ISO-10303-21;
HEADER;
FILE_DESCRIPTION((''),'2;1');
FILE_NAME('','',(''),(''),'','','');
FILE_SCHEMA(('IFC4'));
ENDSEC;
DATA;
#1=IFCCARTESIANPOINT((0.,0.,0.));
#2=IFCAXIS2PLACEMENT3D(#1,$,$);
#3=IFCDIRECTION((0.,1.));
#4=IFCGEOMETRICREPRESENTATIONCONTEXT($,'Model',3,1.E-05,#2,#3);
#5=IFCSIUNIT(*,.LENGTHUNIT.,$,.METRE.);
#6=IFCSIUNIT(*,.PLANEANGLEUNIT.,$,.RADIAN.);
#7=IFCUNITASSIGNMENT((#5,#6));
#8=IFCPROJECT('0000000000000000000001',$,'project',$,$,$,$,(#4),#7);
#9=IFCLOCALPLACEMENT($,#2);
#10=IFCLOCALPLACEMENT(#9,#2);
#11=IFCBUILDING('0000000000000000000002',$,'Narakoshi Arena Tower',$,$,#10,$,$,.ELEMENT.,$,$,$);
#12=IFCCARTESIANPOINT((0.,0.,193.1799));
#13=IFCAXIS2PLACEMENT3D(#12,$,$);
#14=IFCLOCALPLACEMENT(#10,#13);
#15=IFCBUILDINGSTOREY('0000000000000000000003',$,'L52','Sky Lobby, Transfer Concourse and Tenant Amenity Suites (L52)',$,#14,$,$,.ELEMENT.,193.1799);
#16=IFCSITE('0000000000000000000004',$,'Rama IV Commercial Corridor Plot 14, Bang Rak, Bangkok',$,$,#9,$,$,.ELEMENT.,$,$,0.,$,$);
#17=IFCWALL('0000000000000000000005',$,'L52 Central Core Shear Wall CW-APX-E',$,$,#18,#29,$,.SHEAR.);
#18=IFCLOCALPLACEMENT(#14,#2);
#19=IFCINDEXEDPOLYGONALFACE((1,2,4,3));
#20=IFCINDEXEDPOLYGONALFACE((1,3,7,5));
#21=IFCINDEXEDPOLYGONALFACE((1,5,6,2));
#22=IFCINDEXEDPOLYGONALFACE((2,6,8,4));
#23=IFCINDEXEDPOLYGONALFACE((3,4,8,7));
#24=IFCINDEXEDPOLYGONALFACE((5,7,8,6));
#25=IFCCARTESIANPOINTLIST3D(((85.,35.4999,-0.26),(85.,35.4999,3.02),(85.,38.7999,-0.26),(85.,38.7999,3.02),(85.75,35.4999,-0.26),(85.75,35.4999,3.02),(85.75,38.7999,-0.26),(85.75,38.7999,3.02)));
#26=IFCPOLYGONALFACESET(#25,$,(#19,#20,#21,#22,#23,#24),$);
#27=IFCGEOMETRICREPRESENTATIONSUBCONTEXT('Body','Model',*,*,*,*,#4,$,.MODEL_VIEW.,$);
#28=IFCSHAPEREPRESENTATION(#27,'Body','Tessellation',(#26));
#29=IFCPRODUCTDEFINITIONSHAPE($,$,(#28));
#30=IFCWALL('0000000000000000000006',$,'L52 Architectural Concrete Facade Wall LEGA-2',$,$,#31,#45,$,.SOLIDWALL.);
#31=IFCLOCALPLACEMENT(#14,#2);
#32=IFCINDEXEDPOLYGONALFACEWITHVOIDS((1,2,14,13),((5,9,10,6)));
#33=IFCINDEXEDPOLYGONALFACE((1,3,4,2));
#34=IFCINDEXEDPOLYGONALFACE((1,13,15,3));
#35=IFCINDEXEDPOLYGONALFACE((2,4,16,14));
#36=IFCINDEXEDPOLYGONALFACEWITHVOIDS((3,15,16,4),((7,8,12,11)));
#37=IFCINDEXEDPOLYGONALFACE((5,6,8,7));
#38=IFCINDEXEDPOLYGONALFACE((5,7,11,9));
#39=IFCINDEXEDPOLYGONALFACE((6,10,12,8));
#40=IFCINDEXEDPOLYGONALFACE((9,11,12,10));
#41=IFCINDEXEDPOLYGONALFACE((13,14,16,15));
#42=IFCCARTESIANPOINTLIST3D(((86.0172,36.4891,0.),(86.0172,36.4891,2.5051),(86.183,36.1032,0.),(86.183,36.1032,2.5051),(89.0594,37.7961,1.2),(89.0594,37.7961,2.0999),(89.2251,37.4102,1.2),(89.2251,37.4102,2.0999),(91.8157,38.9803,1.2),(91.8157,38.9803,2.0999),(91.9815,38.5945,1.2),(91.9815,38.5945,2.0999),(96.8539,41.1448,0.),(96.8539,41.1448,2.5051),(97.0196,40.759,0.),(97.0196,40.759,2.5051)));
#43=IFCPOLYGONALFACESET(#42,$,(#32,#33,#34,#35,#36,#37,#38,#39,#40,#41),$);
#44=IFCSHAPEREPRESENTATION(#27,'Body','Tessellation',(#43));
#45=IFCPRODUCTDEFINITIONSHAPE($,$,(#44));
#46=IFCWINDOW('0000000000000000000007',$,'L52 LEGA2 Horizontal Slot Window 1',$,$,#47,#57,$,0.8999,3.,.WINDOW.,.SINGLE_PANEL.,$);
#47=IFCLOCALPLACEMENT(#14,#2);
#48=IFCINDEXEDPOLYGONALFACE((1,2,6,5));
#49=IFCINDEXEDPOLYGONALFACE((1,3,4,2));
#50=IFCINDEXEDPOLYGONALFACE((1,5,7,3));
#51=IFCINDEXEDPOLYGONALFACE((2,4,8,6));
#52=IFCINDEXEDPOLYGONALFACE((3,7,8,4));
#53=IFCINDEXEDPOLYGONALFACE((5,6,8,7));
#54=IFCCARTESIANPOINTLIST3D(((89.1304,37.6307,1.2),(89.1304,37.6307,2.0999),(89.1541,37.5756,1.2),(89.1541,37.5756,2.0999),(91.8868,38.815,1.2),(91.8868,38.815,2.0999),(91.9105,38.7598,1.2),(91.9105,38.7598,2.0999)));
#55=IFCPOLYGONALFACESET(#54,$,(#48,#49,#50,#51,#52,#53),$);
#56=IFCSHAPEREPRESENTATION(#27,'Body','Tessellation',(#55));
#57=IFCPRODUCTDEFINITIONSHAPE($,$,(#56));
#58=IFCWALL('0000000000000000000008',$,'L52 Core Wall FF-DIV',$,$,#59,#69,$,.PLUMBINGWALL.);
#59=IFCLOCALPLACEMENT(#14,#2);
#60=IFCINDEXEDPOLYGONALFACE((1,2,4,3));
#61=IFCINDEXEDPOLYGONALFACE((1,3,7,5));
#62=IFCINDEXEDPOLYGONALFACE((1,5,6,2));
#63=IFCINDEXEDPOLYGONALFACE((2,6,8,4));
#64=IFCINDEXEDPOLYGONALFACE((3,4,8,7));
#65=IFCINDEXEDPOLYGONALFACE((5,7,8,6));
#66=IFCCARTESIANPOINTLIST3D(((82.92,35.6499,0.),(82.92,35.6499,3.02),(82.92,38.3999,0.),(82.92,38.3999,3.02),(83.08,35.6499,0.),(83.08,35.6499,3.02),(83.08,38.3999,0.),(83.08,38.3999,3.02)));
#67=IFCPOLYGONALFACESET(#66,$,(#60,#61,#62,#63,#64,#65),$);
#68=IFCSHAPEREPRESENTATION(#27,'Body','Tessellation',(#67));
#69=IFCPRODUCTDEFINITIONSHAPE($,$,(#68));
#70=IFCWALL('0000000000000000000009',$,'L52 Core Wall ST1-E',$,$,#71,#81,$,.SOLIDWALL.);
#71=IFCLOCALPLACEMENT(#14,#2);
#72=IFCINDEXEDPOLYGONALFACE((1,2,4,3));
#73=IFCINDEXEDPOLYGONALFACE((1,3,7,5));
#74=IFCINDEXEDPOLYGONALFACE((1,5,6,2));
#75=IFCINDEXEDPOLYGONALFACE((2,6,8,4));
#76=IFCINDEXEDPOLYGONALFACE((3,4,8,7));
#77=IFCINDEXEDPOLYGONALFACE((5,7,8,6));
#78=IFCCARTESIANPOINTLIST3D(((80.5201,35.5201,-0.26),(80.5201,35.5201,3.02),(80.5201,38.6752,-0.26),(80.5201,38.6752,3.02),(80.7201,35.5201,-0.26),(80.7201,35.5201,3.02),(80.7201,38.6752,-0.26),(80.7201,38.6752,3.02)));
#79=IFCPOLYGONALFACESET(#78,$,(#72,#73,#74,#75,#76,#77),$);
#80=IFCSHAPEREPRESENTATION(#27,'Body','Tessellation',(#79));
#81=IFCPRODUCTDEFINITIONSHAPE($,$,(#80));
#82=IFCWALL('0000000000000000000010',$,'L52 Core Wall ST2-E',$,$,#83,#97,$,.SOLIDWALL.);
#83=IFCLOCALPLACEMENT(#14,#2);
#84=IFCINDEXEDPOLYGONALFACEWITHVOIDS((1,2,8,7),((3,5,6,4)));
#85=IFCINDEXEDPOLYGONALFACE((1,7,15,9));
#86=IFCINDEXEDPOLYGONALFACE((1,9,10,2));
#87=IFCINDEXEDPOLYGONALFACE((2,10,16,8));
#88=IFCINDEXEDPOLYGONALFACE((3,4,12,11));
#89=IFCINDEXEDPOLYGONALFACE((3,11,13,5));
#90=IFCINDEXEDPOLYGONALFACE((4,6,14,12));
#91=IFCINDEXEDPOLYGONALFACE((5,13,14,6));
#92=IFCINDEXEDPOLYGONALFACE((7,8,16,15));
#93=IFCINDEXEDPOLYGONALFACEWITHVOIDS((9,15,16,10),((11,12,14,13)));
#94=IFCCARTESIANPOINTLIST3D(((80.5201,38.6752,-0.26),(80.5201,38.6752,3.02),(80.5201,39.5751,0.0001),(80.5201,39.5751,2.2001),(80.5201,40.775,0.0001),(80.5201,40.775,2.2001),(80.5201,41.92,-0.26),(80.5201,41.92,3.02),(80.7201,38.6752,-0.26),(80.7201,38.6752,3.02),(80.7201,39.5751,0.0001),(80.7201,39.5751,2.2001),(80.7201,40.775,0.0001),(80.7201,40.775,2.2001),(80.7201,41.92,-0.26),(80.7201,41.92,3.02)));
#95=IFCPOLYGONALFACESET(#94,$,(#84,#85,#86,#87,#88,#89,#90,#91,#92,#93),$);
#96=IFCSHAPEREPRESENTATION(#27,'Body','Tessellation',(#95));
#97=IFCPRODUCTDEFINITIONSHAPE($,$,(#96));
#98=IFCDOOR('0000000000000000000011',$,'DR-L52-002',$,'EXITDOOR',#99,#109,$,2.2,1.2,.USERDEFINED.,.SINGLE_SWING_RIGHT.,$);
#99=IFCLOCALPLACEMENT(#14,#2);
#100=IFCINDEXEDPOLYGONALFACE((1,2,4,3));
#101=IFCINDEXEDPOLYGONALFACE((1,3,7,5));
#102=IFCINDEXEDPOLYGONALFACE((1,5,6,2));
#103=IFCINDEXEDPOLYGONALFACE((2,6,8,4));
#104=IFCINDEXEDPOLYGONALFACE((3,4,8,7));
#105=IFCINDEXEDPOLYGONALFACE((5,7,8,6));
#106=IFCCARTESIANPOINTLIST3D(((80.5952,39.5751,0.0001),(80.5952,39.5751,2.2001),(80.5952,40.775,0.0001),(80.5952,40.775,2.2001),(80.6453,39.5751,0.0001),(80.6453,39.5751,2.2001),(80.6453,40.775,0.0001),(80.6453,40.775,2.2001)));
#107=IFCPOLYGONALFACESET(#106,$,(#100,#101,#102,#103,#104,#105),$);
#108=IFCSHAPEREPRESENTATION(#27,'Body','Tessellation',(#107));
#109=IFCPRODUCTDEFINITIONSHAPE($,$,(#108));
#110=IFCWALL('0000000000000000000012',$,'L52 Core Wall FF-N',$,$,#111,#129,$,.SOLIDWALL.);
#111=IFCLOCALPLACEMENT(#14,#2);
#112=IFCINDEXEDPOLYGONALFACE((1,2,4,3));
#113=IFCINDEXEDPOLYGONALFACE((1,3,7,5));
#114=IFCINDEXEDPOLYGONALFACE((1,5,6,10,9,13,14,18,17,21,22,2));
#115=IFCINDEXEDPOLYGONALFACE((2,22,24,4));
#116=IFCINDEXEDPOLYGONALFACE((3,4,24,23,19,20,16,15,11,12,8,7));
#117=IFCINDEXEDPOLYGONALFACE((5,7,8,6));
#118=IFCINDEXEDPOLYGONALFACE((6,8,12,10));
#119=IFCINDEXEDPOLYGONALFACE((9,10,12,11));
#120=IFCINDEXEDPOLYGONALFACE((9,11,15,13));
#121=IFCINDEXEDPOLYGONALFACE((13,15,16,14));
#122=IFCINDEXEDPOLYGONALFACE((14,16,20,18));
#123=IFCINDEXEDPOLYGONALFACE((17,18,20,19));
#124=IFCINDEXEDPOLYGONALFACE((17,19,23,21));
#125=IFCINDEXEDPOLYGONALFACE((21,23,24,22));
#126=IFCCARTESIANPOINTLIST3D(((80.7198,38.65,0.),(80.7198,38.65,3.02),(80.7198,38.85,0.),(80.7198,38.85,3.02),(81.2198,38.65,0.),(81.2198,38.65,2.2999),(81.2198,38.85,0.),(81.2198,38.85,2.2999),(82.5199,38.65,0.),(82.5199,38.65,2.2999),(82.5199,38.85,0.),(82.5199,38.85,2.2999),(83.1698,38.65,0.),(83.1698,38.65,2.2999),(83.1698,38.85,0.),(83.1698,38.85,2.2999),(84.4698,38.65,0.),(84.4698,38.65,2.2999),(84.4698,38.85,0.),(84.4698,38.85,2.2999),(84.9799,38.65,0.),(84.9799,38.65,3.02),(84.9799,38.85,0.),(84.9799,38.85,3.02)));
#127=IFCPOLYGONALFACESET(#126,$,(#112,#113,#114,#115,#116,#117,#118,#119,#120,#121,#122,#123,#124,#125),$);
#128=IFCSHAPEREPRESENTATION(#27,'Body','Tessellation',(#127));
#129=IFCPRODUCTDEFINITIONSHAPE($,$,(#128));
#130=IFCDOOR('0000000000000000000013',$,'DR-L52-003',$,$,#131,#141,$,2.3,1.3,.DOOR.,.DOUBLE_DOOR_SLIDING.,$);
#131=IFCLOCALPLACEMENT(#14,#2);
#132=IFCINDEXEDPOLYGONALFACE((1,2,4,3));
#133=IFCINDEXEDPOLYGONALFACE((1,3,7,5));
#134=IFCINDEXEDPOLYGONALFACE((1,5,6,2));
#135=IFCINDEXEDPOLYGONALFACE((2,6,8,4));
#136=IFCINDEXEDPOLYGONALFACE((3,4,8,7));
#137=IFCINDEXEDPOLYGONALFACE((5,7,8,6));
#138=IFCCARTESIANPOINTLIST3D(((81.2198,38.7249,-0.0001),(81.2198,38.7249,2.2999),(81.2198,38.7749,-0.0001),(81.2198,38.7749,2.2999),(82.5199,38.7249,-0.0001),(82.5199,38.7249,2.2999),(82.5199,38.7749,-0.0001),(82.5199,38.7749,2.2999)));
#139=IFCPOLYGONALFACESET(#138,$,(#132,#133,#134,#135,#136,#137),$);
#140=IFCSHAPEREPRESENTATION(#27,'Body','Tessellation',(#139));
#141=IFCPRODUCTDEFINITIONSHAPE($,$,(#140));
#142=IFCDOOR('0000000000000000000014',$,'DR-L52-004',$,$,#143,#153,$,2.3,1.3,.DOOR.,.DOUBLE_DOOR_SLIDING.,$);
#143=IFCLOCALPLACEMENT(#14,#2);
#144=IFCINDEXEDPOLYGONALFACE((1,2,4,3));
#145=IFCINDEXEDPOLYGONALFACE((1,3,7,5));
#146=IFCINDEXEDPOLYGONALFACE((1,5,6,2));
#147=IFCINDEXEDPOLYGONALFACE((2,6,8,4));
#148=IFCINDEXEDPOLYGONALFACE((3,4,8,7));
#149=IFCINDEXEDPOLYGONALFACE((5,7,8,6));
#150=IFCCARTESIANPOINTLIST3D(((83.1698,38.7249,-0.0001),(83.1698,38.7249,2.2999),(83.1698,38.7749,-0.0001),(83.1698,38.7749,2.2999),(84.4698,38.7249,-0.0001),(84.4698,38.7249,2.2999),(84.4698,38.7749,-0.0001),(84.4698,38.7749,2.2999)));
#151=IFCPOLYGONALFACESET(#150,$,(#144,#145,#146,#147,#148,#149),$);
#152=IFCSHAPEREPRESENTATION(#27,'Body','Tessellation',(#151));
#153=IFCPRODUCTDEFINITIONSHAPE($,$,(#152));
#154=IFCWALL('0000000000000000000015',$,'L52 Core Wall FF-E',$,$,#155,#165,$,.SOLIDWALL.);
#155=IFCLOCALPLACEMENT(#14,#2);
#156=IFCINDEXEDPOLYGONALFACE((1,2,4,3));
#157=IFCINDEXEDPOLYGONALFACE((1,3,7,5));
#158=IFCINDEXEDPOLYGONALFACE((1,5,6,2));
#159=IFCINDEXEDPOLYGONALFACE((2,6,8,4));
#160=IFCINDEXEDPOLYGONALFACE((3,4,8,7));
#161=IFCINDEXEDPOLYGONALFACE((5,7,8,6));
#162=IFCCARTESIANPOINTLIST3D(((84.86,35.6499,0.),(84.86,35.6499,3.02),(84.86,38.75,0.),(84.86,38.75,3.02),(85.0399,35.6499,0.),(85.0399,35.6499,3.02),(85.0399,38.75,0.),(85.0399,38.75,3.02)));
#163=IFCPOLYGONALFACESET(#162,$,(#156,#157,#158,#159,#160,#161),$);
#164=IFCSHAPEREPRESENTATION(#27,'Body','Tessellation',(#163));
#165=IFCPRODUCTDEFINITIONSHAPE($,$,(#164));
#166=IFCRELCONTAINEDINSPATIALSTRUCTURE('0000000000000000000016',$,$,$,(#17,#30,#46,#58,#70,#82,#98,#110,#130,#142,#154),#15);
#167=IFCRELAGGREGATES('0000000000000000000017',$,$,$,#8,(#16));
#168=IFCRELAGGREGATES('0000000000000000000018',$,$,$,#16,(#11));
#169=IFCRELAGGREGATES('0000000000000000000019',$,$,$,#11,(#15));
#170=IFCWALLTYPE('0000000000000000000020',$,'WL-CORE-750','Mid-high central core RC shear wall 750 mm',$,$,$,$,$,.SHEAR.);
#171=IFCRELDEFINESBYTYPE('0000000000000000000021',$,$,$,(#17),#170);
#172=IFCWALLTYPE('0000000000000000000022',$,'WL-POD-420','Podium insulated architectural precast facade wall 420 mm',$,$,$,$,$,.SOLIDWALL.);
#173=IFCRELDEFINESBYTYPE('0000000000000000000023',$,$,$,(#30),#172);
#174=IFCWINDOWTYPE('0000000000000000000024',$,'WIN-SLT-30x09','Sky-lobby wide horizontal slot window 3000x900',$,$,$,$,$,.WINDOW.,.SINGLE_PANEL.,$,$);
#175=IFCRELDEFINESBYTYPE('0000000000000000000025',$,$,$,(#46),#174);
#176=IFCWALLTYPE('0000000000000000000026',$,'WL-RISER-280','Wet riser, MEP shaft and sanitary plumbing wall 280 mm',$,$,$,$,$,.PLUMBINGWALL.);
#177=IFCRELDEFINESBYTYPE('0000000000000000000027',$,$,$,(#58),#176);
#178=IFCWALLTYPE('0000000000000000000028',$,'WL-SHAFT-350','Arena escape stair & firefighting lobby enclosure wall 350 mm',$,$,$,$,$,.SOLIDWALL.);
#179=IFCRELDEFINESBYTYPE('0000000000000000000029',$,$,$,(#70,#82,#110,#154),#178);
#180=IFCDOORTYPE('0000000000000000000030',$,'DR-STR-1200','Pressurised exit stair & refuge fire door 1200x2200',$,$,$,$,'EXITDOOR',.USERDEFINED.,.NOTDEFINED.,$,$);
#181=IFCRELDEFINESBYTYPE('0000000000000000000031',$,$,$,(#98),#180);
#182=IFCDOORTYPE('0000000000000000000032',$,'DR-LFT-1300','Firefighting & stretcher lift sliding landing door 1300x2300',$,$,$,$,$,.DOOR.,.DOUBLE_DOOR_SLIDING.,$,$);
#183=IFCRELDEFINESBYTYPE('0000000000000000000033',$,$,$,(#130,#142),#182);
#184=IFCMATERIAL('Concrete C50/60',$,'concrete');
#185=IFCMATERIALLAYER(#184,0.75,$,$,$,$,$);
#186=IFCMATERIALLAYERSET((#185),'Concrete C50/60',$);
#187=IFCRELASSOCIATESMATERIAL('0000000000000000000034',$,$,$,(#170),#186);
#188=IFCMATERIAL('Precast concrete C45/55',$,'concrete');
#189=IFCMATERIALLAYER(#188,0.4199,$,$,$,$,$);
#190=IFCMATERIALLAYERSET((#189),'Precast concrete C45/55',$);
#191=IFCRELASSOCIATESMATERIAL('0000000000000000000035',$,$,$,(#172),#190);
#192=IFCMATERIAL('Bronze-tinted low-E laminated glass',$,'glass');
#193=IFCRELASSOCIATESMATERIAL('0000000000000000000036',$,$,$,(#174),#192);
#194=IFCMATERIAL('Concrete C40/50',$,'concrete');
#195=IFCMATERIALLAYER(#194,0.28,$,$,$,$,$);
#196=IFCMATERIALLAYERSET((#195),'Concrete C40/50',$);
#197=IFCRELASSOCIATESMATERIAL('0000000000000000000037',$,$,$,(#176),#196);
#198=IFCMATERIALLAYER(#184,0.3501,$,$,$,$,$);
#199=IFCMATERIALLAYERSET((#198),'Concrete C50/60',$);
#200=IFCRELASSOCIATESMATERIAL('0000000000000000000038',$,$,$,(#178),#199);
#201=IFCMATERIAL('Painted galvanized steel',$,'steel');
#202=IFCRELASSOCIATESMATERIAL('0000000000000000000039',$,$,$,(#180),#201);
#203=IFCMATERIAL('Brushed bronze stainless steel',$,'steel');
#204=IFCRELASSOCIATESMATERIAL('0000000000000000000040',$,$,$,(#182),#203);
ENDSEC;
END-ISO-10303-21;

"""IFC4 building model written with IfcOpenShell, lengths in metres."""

from ifc_helpers import new_model, si_unit, direction, frame, frame_2d, origin, place, context, subcontext, project, spatial, rectangle, extrude, material, layer, layer_set, type_object, element, fill, save


model = new_model("IFC4")

# Units and contexts
model_context = context("Model", 3, precision=1e-05, world=origin(), true_north=direction((0.0, 1.0)))
body_context = subcontext(model_context, "Body", "Model", "MODEL_VIEW")
ifc_project = project(units=[si_unit("LENGTHUNIT", "METRE"), si_unit("PLANEANGLEUNIT", "RADIAN")], contexts=[model_context])

# Site, building, storey
site_placement = place(None, origin())
site = spatial("IfcSite", under=ifc_project, at=site_placement, Name="Rama IV Commercial Corridor Plot 14, Bang Rak, Bangkok", CompositionType="ELEMENT", RefElevation=0.0)
building_placement = place(site_placement, origin())
building = spatial("IfcBuilding", under=site, at=building_placement, Name="Narakoshi Arena Tower", CompositionType="ELEMENT")
storey_placement = place(building_placement, frame((0.0, 0.0, 193.1799)))
storey = spatial("IfcBuildingStorey", under=building, at=storey_placement, Name="L52", Description="Sky Lobby, Transfer Concourse and Tenant Amenity Suites (L52)", CompositionType="ELEMENT", Elevation=193.1799)

# Wall
ifc_material_1 = material(Name="Concrete C50/60", Category="concrete")
ifc_layer_1 = layer(ifc_material_1, 0.75)
ifc_layer_set_1 = layer_set([ifc_layer_1], Name="Concrete C50/60")
wall_type_1 = type_object("IfcWallType", Name="WL-CORE-750", Description="Mid-high central core RC shear wall 750 mm", PredefinedType="SHEAR", material=ifc_layer_set_1)
wall_1_placement = place(storey_placement, frame((85.375, 35.5, -0.26), z_axis=(0.0, 0.0, 1.0), x_axis=(0.0, 1.0, 0.0)))
element("IfcWall", 1, at=wall_1_placement, inside=storey, type_object=wall_type_1, Name="L52 Central Core Shear Wall CW-APX-E", PredefinedType="SHEAR", context=body_context, shape_type="SweptSolid", body=[
    extrude(rectangle(XDim=3.3, YDim=0.75, at=frame_2d((1.6499, 0.0))), origin(), (0.0, 0.0, 1.0), 3.28),
])

# Wall, opening, window
ifc_material_2 = material(Name="Precast concrete C45/55", Category="concrete")
ifc_layer_2 = layer(ifc_material_2, 0.4199)
ifc_layer_set_2 = layer_set([ifc_layer_2], Name="Precast concrete C45/55")
wall_type_2 = type_object("IfcWallType", Name="WL-POD-420", Description="Podium insulated architectural precast facade wall 420 mm", PredefinedType="SOLIDWALL", material=ifc_layer_set_2)
wall_2_placement = place(storey_placement, frame((86.1001, 36.2961, 0.0), z_axis=(0.0, 0.0, 1.0), x_axis=(0.918792, 0.394741, 0.0)))
wall_2 = element("IfcWall", 2, at=wall_2_placement, inside=storey, type_object=wall_type_2, Name="L52 Architectural Concrete Facade Wall LEGA-2", PredefinedType="SOLIDWALL", context=body_context, shape_type="SweptSolid", body=[
    extrude(rectangle(XDim=11.7944, YDim=0.4199, at=frame_2d((5.8972, 0.0))), origin(), (0.0, 0.0, 1.0), 2.5051),
])
opening_1_placement = place(wall_2_placement, frame((3.311, 0.0, 1.2)))
opening_1 = element("IfcOpeningElement", 3, at=opening_1_placement, cuts=wall_2, PredefinedType="OPENING", context=body_context, shape_type="SweptSolid", body=[
    extrude(rectangle(XDim=3.0, YDim=0.8999, at=frame_2d((1.5, 0.45))), frame((0.0, 0.22, 0.0), z_axis=(0.0, -1.0, 0.0), x_axis=(1.0, 0.0, 0.0)), (0.0, 0.0, 1.0), 0.4399),
])
ifc_material_3 = material(Name="Bronze-tinted low-E laminated glass", Category="glass")
window_type = type_object("IfcWindowType", Name="WIN-SLT-30x09", Description="Sky-lobby wide horizontal slot window 3000x900", PartitioningType="SINGLE_PANEL", PredefinedType="WINDOW", material=ifc_material_3)
window_placement = place(opening_1_placement, origin())
window = element("IfcWindow", 4, at=window_placement, inside=storey, type_object=window_type, Name="L52 LEGA2 Horizontal Slot Window 1", OverallHeight=0.8999, OverallWidth=3.0, PartitioningType="SINGLE_PANEL", PredefinedType="WINDOW", context=body_context, shape_type="SweptSolid", body=[
    extrude(rectangle(XDim=3.0, YDim=0.8999, at=frame_2d((1.5, 0.45))), frame((0.0, 0.03, 0.0), z_axis=(0.0, -1.0, 0.0), x_axis=(1.0, 0.0, 0.0)), (0.0, 0.0, 1.0), 0.0601),
])
fill(opening_1, window)

# Walls
ifc_material_4 = material(Name="Concrete C40/50", Category="concrete")
ifc_layer_3 = layer(ifc_material_4, 0.28)
ifc_layer_set_3 = layer_set([ifc_layer_3], Name="Concrete C40/50")
wall_type_3 = type_object("IfcWallType", Name="WL-RISER-280", Description="Wet riser, MEP shaft and sanitary plumbing wall 280 mm", PredefinedType="PLUMBINGWALL", material=ifc_layer_set_3)
wall_3_placement = place(storey_placement, frame((83.0, 35.6499, 0.0), z_axis=(0.0, 0.0, 1.0), x_axis=(0.0, 1.0, 0.0)))
element("IfcWall", 5, at=wall_3_placement, inside=storey, type_object=wall_type_3, Name="L52 Core Wall FF-DIV", PredefinedType="PLUMBINGWALL", context=body_context, shape_type="SweptSolid", body=[
    extrude(rectangle(XDim=2.75, YDim=0.1599, at=frame_2d((1.375, 0.0))), origin(), (0.0, 0.0, 1.0), 3.02),
])
ifc_layer_4 = layer(ifc_material_1, 0.3501)
ifc_layer_set_4 = layer_set([ifc_layer_4], Name="Concrete C50/60")
wall_type_4 = type_object("IfcWallType", Name="WL-SHAFT-350", Description="Arena escape stair & firefighting lobby enclosure wall 350 mm", PredefinedType="SOLIDWALL", material=ifc_layer_set_4)
wall_4_placement = place(storey_placement, frame((80.6201, 35.52, -0.26), z_axis=(0.0, 0.0, 1.0), x_axis=(0.0, 1.0, 0.0)))
element("IfcWall", 6, at=wall_4_placement, inside=storey, type_object=wall_type_4, Name="L52 Core Wall ST1-E", PredefinedType="SOLIDWALL", context=body_context, shape_type="SweptSolid", body=[
    extrude(rectangle(XDim=3.155, YDim=0.2, at=frame_2d((1.5776, 0.0))), origin(), (0.0, 0.0, 1.0), 3.28),
])

# Wall, opening, door
wall_5_placement = place(storey_placement, frame((80.6201, 38.675, -0.26), z_axis=(0.0, 0.0, 1.0), x_axis=(0.0, 1.0, 0.0)))
wall_5 = element("IfcWall", 7, at=wall_5_placement, inside=storey, type_object=wall_type_4, Name="L52 Core Wall ST2-E", PredefinedType="SOLIDWALL", context=body_context, shape_type="SweptSolid", body=[
    extrude(rectangle(XDim=3.2449, YDim=0.2, at=frame_2d((1.6226, 0.0))), origin(), (0.0, 0.0, 1.0), 3.28),
])
opening_2_placement = place(wall_5_placement, frame((0.8999, 0.0, 0.26)))
opening_2 = element("IfcOpeningElement", 8, at=opening_2_placement, cuts=wall_5, PredefinedType="OPENING", context=body_context, shape_type="SweptSolid", body=[
    extrude(rectangle(XDim=1.2, YDim=2.2, at=frame_2d((0.6001, 1.1001))), frame((0.0, 0.1099, 0.0), z_axis=(0.0, -1.0, 0.0), x_axis=(1.0, 0.0, 0.0)), (0.0, 0.0, 1.0), 0.22),
])
ifc_material_5 = material(Name="Painted galvanized steel", Category="steel")
door_type_1 = type_object("IfcDoorType", Name="DR-STR-1200", Description="Pressurised exit stair & refuge fire door 1200x2200", ElementType="EXITDOOR", OperationType="NOTDEFINED", PredefinedType="USERDEFINED", material=ifc_material_5)
door_1_placement = place(opening_2_placement, origin())
door_1 = element("IfcDoor", 9, at=door_1_placement, inside=storey, type_object=door_type_1, Name="DR-L52-002", ObjectType="EXITDOOR", OperationType="SINGLE_SWING_RIGHT", OverallHeight=2.2, OverallWidth=1.2, PredefinedType="USERDEFINED", context=body_context, shape_type="SweptSolid", body=[
    extrude(rectangle(XDim=1.2, YDim=2.2, at=frame_2d((0.6001, 1.1001))), frame((0.0, 0.0249, 0.0), z_axis=(0.0, -1.0, 0.0), x_axis=(1.0, 0.0, 0.0)), (0.0, 0.0, 1.0), 0.05),
])
fill(opening_2, door_1)

# Wall, openings, doors
wall_6_placement = place(storey_placement, frame((80.72, 38.75, 0.0), z_axis=(0.0, 0.0, 1.0), x_axis=(1.0, 0.0, 0.0)))
wall_6 = element("IfcWall", 10, at=wall_6_placement, inside=storey, type_object=wall_type_4, Name="L52 Core Wall FF-N", PredefinedType="SOLIDWALL", context=body_context, shape_type="SweptSolid", body=[
    extrude(rectangle(XDim=4.26, YDim=0.2, at=frame_2d((2.1299, 0.0))), origin(), (0.0, 0.0, 1.0), 3.02),
])
opening_3_placement = place(wall_6_placement, frame((0.5, 0.0, 0.0)))
opening_3 = element("IfcOpeningElement", 11, at=opening_3_placement, cuts=wall_6, PredefinedType="OPENING", context=body_context, shape_type="SweptSolid", body=[
    extrude(rectangle(XDim=1.3, YDim=2.3, at=frame_2d((0.6499, 1.1499))), frame((0.0, 0.1099, 0.0), z_axis=(0.0, -1.0, 0.0), x_axis=(1.0, 0.0, 0.0)), (0.0, 0.0, 1.0), 0.22),
])
opening_4_placement = place(wall_6_placement, frame((2.45, 0.0, 0.0)))
opening_4 = element("IfcOpeningElement", 12, at=opening_4_placement, cuts=wall_6, PredefinedType="OPENING", context=body_context, shape_type="SweptSolid", body=[
    extrude(rectangle(XDim=1.3, YDim=2.3, at=frame_2d((0.6499, 1.1499))), frame((0.0, 0.1099, 0.0), z_axis=(0.0, -1.0, 0.0), x_axis=(1.0, 0.0, 0.0)), (0.0, 0.0, 1.0), 0.22),
])
ifc_material_6 = material(Name="Brushed bronze stainless steel", Category="steel")
door_type_2 = type_object("IfcDoorType", Name="DR-LFT-1300", Description="Firefighting & stretcher lift sliding landing door 1300x2300", OperationType="DOUBLE_DOOR_SLIDING", PredefinedType="DOOR", material=ifc_material_6)
door_2_placement = place(opening_3_placement, origin())
door_2 = element("IfcDoor", 13, at=door_2_placement, inside=storey, type_object=door_type_2, Name="DR-L52-003", OperationType="DOUBLE_DOOR_SLIDING", OverallHeight=2.3, OverallWidth=1.3, PredefinedType="DOOR", context=body_context, shape_type="SweptSolid", body=[
    extrude(rectangle(XDim=1.3, YDim=2.3, at=frame_2d((0.6499, 1.1499))), frame((0.0, 0.0249, 0.0), z_axis=(0.0, -1.0, 0.0), x_axis=(1.0, 0.0, 0.0)), (0.0, 0.0, 1.0), 0.05),
])
fill(opening_3, door_2)
door_3_placement = place(opening_4_placement, origin())
door_3 = element("IfcDoor", 14, at=door_3_placement, inside=storey, type_object=door_type_2, Name="DR-L52-004", OperationType="DOUBLE_DOOR_SLIDING", OverallHeight=2.3, OverallWidth=1.3, PredefinedType="DOOR", context=body_context, shape_type="SweptSolid", body=[
    extrude(rectangle(XDim=1.3, YDim=2.3, at=frame_2d((0.6499, 1.1499))), frame((0.0, 0.0249, 0.0), z_axis=(0.0, -1.0, 0.0), x_axis=(1.0, 0.0, 0.0)), (0.0, 0.0, 1.0), 0.05),
])
fill(opening_4, door_3)

# Wall
for number, where, z_axis, x_axis, name in (
    (15, (84.95, 35.6499, 0.0), (0.0, 0.0, 1.0), (0.0, 1.0, 0.0), "L52 Core Wall FF-E"),
):
    element("IfcWall", number, at=place(storey_placement, frame(where, z_axis=z_axis, x_axis=x_axis)), inside=storey, type_object=wall_type_4, Name=name, PredefinedType="SOLIDWALL", context=body_context, shape_type="SweptSolid", body=[
        extrude(rectangle(XDim=3.1001, YDim=0.1799, at=frame_2d((1.55, 0.0))), origin(), (0.0, 0.0, 1.0), 3.02),
    ])

save(model, "model.ifc")
